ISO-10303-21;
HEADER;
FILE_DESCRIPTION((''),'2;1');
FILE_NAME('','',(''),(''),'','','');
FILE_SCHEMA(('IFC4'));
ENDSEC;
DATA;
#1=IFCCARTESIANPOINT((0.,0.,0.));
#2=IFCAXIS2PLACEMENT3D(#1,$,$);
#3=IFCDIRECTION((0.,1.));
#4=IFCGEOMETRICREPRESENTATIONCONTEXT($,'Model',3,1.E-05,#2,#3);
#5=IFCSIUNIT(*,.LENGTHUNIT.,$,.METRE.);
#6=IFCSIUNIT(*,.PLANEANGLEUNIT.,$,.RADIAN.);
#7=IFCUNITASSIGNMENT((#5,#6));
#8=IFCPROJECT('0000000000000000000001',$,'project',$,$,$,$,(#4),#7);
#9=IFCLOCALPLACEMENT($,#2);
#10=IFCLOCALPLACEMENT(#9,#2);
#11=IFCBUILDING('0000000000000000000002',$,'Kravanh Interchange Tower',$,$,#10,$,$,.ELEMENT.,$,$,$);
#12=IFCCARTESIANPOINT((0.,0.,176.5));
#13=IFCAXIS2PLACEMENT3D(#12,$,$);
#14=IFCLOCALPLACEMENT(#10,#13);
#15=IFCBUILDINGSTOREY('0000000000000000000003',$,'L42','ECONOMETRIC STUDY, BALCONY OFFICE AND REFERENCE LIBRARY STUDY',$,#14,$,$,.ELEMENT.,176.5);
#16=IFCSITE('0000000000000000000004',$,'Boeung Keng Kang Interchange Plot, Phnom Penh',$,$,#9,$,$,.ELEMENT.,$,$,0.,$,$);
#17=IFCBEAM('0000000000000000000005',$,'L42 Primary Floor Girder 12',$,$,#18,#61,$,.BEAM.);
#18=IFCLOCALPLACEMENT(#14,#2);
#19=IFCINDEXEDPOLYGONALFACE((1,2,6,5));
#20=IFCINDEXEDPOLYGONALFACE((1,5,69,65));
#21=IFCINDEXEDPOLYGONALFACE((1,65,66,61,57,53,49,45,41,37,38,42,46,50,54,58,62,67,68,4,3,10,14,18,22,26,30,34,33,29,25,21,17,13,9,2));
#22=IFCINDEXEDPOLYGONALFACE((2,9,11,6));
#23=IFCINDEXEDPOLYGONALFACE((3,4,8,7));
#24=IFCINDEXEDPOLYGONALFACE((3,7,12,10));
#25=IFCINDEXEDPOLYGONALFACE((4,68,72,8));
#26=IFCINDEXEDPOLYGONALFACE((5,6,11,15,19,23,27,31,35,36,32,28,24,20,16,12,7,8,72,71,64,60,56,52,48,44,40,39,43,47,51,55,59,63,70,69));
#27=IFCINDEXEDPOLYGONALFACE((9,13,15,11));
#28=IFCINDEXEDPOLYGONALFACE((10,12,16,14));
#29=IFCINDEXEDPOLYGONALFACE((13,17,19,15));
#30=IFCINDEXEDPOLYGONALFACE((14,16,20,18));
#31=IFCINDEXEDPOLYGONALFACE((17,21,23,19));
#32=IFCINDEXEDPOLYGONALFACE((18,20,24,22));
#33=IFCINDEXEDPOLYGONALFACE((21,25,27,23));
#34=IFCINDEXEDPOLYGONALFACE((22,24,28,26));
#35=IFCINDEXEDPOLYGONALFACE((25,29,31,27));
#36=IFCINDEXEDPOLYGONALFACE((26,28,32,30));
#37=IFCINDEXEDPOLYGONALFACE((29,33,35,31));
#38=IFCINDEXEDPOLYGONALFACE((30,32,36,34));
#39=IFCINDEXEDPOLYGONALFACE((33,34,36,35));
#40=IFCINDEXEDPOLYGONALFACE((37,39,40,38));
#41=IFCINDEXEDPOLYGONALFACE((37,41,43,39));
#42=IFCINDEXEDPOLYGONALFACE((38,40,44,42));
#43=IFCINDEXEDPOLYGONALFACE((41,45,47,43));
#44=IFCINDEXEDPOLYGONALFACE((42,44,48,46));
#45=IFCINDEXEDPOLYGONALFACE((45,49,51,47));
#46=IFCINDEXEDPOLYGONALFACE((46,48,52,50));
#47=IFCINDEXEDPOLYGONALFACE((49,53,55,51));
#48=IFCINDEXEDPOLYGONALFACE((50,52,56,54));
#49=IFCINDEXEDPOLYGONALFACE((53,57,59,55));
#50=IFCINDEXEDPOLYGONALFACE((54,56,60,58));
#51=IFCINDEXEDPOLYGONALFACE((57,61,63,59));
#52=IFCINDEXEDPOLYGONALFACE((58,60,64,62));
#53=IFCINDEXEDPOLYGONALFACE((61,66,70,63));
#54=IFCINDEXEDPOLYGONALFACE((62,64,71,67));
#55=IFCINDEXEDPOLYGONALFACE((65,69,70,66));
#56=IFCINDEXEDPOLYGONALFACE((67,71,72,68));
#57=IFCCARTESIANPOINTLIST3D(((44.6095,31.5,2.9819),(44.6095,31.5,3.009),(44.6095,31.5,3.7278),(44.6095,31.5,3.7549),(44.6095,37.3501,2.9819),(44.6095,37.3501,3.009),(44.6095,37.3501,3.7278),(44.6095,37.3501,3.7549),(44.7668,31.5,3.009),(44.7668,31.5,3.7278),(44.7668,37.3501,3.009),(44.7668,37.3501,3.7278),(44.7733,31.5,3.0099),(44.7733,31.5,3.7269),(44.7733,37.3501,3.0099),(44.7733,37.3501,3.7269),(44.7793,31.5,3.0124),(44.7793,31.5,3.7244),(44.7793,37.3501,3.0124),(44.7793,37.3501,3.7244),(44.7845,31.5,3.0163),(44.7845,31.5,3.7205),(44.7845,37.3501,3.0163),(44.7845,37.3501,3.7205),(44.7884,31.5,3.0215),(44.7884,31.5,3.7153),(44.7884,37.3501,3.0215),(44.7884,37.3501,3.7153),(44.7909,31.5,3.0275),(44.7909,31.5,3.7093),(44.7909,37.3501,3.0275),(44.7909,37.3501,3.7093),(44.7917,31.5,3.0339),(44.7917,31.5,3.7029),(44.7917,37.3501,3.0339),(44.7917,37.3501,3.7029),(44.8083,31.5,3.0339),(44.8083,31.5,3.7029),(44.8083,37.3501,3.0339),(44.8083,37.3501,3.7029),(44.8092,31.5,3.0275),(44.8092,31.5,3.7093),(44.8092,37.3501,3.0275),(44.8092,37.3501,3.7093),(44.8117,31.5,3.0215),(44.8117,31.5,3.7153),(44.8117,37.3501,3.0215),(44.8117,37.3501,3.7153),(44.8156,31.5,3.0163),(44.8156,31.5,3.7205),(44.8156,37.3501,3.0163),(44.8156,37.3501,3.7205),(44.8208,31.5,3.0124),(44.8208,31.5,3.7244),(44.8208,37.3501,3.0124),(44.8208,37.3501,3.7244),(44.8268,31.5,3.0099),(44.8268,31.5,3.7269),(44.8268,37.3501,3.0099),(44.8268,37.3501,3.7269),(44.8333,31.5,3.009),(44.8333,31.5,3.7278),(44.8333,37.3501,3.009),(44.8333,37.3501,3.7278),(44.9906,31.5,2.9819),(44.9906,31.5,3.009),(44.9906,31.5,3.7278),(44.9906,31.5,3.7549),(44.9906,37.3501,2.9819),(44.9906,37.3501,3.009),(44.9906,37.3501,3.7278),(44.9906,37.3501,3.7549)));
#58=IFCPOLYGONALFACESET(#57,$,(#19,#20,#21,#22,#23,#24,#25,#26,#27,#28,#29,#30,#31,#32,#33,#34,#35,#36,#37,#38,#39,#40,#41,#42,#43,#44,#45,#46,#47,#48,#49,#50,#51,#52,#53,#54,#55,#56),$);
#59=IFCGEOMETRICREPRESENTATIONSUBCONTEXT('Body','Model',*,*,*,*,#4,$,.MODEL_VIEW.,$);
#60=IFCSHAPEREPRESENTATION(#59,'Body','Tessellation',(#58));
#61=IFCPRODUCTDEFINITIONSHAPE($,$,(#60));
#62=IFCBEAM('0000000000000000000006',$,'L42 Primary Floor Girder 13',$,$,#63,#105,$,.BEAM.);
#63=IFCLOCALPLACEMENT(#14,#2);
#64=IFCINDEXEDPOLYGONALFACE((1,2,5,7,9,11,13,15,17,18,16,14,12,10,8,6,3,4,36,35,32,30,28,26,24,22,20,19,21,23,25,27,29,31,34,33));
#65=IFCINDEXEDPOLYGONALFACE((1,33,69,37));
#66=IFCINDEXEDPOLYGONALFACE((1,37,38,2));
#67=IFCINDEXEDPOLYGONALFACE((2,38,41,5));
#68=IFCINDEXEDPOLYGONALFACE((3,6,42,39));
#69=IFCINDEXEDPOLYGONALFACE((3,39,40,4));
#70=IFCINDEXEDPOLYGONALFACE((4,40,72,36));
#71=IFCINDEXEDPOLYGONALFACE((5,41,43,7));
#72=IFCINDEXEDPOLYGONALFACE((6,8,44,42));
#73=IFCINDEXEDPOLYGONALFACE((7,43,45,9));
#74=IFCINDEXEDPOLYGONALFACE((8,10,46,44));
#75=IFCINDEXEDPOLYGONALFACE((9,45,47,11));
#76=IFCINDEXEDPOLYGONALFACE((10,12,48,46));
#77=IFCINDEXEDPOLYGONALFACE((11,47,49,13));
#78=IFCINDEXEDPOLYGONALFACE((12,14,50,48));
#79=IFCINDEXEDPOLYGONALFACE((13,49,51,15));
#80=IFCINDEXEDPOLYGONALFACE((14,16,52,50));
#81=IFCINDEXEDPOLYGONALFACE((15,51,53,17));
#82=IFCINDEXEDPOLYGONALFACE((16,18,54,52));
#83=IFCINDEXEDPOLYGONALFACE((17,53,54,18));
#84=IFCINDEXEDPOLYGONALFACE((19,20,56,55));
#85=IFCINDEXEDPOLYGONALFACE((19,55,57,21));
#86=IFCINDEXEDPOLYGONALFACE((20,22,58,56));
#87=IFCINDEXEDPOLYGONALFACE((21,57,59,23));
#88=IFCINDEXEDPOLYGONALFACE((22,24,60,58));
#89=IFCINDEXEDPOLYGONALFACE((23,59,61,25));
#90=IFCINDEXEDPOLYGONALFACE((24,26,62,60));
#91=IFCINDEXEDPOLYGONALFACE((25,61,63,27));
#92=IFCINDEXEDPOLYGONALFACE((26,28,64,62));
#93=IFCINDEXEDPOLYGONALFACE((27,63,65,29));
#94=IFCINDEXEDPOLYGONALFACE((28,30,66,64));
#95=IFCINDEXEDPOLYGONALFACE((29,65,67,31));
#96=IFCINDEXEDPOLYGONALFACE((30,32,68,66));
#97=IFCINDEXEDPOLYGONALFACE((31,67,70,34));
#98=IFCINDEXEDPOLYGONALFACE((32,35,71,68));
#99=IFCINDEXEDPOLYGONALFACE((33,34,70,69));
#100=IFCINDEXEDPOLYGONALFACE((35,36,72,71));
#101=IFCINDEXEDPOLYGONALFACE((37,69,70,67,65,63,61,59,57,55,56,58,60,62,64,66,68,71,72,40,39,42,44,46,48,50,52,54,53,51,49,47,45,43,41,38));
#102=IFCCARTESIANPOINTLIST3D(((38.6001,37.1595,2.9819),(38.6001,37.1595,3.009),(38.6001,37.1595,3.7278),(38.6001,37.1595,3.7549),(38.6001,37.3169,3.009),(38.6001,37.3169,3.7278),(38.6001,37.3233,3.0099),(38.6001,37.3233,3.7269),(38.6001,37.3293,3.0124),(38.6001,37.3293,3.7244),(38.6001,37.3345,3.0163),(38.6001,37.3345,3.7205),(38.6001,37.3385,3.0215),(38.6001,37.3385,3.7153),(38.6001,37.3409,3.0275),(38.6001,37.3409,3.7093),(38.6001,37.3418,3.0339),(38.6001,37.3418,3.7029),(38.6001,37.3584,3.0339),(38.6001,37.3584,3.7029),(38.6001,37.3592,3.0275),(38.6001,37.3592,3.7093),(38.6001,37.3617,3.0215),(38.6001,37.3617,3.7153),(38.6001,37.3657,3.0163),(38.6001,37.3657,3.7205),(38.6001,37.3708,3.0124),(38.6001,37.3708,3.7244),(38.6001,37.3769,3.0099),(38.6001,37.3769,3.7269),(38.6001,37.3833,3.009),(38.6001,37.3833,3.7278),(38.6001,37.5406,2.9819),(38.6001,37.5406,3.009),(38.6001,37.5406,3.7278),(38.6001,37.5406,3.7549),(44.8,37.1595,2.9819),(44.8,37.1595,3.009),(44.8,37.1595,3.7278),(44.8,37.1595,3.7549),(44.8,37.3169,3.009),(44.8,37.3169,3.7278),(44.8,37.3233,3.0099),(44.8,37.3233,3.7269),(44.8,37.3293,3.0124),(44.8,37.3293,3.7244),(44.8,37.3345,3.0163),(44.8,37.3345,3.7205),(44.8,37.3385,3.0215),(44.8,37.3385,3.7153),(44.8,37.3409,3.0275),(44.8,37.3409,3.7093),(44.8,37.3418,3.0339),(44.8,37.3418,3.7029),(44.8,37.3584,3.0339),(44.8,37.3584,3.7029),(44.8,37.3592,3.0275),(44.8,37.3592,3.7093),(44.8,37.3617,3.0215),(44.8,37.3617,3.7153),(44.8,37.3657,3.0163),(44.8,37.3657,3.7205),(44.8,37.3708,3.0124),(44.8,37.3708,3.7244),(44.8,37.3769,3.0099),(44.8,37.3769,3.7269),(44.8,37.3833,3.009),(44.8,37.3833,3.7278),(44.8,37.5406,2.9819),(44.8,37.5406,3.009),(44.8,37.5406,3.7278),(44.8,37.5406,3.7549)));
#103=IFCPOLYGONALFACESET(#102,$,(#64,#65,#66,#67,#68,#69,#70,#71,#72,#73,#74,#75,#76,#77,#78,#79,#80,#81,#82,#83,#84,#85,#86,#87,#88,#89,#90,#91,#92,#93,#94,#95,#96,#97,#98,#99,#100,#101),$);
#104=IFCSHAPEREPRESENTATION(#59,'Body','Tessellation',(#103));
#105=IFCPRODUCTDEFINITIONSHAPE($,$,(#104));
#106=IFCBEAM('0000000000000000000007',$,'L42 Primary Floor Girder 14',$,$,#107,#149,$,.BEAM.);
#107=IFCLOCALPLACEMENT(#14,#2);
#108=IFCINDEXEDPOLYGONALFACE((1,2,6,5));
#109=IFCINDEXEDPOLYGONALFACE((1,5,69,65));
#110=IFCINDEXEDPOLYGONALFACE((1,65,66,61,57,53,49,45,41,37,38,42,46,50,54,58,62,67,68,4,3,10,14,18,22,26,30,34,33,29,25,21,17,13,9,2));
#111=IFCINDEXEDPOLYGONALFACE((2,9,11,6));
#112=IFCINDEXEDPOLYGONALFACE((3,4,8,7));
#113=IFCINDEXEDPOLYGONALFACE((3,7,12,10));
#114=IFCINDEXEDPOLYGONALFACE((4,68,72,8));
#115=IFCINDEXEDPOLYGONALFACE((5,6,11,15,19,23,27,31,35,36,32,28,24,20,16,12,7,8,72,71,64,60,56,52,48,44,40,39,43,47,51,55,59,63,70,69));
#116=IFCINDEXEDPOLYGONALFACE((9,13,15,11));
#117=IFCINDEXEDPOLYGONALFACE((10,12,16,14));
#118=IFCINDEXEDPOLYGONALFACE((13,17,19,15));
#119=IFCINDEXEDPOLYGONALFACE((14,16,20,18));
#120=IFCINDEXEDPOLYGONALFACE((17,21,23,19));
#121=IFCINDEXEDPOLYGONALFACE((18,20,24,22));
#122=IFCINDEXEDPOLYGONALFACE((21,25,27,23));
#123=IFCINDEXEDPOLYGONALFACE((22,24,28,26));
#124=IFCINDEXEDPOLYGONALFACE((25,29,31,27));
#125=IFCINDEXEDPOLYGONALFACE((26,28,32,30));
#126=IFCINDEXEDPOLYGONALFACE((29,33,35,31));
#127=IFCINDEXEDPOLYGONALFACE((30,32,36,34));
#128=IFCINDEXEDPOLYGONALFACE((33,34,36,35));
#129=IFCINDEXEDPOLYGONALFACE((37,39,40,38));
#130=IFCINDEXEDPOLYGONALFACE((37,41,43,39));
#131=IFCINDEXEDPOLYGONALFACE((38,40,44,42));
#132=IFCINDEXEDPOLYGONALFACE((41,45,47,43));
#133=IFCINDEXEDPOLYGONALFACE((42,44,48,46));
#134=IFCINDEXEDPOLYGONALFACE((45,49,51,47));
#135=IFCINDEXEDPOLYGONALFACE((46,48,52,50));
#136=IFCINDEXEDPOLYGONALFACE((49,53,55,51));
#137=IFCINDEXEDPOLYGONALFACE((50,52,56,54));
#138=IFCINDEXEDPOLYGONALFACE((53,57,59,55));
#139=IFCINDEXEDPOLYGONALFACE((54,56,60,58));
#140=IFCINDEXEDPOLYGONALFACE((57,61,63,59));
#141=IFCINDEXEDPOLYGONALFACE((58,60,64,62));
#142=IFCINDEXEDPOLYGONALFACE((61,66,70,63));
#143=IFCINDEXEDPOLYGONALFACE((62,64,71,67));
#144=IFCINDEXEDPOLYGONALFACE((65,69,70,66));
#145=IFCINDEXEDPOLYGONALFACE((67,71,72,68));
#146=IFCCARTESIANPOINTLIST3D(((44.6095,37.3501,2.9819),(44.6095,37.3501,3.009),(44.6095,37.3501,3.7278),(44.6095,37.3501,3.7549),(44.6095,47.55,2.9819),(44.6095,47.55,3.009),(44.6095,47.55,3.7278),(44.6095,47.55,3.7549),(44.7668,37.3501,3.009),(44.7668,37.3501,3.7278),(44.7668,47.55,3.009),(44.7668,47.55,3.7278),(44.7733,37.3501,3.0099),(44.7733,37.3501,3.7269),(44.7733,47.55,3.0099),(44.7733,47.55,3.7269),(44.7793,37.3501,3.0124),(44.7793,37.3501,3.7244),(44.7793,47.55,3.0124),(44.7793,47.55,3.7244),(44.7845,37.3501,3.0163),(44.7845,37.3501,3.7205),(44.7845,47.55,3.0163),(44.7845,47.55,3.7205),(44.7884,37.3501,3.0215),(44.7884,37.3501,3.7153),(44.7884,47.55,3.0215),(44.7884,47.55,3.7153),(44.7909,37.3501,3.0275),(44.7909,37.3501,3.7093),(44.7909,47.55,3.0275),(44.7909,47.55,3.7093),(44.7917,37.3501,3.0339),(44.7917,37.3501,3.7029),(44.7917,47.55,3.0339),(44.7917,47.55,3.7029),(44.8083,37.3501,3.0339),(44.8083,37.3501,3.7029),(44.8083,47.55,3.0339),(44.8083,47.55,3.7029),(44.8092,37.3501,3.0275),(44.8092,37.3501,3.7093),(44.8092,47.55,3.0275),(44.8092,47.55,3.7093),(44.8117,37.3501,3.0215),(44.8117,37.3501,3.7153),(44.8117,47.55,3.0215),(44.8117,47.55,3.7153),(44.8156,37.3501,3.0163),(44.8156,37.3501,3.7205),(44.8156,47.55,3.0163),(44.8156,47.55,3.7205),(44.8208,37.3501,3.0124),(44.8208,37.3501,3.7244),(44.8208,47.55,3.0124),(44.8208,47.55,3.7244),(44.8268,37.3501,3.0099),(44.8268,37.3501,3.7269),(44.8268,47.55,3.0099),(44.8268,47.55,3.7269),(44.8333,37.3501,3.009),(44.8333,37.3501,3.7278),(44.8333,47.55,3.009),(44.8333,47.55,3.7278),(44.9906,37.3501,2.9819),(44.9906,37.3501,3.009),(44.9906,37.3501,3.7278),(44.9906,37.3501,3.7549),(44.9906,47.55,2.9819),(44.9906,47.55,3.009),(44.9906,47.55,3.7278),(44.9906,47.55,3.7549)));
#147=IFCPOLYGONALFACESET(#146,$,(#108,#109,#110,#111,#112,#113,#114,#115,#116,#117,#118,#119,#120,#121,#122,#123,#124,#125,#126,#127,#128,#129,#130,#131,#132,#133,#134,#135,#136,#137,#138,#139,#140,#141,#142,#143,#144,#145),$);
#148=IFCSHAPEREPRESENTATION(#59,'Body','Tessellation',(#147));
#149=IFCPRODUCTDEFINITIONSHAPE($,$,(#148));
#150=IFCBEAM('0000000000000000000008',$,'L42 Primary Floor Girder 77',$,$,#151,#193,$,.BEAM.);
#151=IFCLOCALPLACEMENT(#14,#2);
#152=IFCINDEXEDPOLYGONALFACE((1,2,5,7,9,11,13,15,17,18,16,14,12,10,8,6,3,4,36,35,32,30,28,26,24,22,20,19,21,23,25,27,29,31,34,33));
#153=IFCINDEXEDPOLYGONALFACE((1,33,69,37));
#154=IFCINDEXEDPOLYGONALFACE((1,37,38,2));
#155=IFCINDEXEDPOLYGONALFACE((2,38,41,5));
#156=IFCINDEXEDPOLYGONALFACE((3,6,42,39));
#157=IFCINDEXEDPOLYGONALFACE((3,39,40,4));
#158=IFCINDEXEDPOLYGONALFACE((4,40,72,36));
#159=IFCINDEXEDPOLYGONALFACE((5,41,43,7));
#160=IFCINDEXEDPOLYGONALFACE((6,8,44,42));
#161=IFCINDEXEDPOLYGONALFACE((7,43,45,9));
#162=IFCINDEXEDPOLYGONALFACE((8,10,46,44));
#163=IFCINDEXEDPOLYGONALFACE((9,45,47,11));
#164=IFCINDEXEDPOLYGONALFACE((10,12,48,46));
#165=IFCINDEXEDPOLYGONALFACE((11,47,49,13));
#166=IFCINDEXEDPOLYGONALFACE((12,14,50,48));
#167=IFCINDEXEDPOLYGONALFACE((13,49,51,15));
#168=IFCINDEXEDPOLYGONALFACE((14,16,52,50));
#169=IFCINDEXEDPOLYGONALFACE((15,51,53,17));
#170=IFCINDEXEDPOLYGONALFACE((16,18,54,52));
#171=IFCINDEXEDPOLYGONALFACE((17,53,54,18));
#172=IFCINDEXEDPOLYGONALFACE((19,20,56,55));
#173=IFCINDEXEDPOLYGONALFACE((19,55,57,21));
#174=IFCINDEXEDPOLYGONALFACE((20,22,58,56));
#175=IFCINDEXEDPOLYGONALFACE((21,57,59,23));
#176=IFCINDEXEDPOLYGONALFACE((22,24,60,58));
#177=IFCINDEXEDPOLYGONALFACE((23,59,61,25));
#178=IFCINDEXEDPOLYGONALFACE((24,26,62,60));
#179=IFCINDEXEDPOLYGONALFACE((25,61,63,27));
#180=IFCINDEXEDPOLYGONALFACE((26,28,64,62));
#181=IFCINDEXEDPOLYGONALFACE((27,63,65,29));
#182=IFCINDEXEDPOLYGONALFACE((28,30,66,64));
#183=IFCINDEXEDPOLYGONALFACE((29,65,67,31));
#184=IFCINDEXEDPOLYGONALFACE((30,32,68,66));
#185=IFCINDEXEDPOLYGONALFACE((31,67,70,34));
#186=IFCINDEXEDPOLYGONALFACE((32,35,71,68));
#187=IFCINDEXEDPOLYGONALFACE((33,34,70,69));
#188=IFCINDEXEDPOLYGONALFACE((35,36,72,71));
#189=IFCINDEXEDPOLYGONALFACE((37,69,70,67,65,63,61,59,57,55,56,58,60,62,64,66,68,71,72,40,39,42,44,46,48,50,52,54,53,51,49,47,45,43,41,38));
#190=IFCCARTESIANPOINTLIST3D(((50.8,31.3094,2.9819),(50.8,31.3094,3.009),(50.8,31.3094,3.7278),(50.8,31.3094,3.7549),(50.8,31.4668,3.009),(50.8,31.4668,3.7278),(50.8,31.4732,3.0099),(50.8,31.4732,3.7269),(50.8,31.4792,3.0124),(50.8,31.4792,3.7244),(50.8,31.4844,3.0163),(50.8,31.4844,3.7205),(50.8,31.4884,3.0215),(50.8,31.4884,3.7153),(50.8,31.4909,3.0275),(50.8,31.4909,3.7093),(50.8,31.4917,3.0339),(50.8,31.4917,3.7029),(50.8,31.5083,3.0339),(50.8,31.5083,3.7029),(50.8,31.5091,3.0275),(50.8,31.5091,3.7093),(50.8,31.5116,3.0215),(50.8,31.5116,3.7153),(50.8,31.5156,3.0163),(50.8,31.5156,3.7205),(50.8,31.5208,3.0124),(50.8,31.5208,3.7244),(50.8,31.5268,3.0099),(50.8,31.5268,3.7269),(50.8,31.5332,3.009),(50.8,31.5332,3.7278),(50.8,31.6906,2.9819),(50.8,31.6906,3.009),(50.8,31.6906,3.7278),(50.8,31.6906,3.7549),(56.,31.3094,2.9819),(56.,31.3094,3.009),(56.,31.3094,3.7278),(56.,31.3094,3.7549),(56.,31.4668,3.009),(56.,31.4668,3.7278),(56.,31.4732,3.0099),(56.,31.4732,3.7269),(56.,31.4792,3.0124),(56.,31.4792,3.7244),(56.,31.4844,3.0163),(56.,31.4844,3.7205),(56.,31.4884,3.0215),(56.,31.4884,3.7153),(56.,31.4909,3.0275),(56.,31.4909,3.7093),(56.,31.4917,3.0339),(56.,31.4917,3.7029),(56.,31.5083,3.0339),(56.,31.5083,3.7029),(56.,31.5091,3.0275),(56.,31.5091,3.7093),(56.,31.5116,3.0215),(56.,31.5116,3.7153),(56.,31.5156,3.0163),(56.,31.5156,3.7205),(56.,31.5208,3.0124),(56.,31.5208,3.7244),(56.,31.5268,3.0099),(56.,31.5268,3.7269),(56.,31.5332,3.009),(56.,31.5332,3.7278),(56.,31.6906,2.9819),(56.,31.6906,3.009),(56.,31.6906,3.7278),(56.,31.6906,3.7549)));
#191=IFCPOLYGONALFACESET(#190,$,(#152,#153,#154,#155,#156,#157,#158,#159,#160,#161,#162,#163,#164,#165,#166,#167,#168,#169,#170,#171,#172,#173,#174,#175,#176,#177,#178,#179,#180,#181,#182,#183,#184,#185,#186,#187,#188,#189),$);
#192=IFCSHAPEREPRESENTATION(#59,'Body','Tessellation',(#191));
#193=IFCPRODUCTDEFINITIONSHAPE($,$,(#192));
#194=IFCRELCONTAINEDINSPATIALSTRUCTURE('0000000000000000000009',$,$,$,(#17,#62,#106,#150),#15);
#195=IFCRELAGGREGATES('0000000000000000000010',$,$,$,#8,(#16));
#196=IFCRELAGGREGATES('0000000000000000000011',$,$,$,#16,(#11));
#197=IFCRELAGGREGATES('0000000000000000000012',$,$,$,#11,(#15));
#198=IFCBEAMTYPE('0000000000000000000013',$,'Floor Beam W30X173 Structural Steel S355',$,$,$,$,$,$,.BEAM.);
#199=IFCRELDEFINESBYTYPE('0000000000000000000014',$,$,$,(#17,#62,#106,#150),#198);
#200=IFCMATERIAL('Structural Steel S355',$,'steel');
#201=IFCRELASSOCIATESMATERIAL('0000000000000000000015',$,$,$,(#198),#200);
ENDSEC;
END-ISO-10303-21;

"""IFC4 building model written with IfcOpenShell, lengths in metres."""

from ifc_helpers import new_model, si_unit, direction, frame, origin, origin_2d, place, context, subcontext, project, spatial, i_section, extrude, material, material_profile, profile_set, type_object, element, save


model = new_model("IFC4")

# Units and contexts
model_context = context("Model", 3, precision=1e-05, world=origin(), true_north=direction((0.0, 1.0)))
body_context = subcontext(model_context, "Body", "Model", "MODEL_VIEW")
ifc_project = project(units=[si_unit("LENGTHUNIT", "METRE"), si_unit("PLANEANGLEUNIT", "RADIAN")], contexts=[model_context])

# Site, building, storey
site_placement = place(None, origin())
site = spatial("IfcSite", under=ifc_project, at=site_placement, Name="Boeung Keng Kang Interchange Plot, Phnom Penh", CompositionType="ELEMENT", RefElevation=0.0)
building_placement = place(site_placement, origin())
building = spatial("IfcBuilding", under=site, at=building_placement, Name="Kravanh Interchange Tower", CompositionType="ELEMENT")
storey_placement = place(building_placement, frame((0.0, 0.0, 176.5)))
storey = spatial("IfcBuildingStorey", under=building, at=storey_placement, Name="L42", Description="ECONOMETRIC STUDY, BALCONY OFFICE AND REFERENCE LIBRARY STUDY", CompositionType="ELEMENT", Elevation=176.5)

# Beams
ifc_material_1 = material(Name="Structural Steel S355", Category="steel")
ifc_material_profile_1 = material_profile(ifc_material_1, i_section(OverallWidth=0.3811, OverallDepth=0.7729, WebThickness=0.0166, FlangeThickness=0.0271, FilletRadius=0.0249, at=origin_2d()), Name="W30X173")
ifc_profile_set_1 = profile_set([ifc_material_profile_1], Name="Structural Steel S355")
beam_type_1 = type_object("IfcBeamType", Name="Floor Beam W30X173 Structural Steel S355", PredefinedType="BEAM", material=ifc_profile_set_1)
beam_1_placement = place(storey_placement, frame((44.8, 37.3501, 3.3684), z_axis=(0.0, -1.0, 0.0), x_axis=(1.0, 0.0, 0.0)))
element("IfcBeam", 1, at=beam_1_placement, inside=storey, type_object=beam_type_1, Name="L42 Primary Floor Girder 12", PredefinedType="BEAM", context=body_context, shape_type="SweptSolid", body=[
    extrude(i_section(OverallWidth=0.3811, OverallDepth=0.7729, WebThickness=0.0166, FlangeThickness=0.0271, FilletRadius=0.0249, at=origin_2d()), origin(), (0.0, 0.0, 1.0), 5.8501),
])
beam_2_placement = place(storey_placement, frame((44.8, 37.3501, 3.3684), z_axis=(-1.0, 0.0, 0.0), x_axis=(0.0, -1.0, 0.0)))
element("IfcBeam", 2, at=beam_2_placement, inside=storey, type_object=beam_type_1, Name="L42 Primary Floor Girder 13", PredefinedType="BEAM", context=body_context, shape_type="SweptSolid", body=[
    extrude(i_section(OverallWidth=0.3811, OverallDepth=0.7729, WebThickness=0.0166, FlangeThickness=0.0271, FilletRadius=0.0249, at=origin_2d()), origin(), (0.0, 0.0, 1.0), 6.2),
])
beam_3_placement = place(storey_placement, frame((44.8, 37.3501, 3.3684), z_axis=(0.0, 1.0, 0.0), x_axis=(-1.0, 0.0, 0.0)))
element("IfcBeam", 3, at=beam_3_placement, inside=storey, type_object=beam_type_1, Name="L42 Primary Floor Girder 14", PredefinedType="BEAM", context=body_context, shape_type="SweptSolid", body=[
    extrude(i_section(OverallWidth=0.3811, OverallDepth=0.7729, WebThickness=0.0166, FlangeThickness=0.0271, FilletRadius=0.0249, at=origin_2d()), origin(), (0.0, 0.0, 1.0), 10.2),
])
beam_4_placement = place(storey_placement, frame((50.8, 31.5, 3.3684), z_axis=(1.0, 0.0, 0.0), x_axis=(0.0, 1.0, 0.0)))
element("IfcBeam", 4, at=beam_4_placement, inside=storey, type_object=beam_type_1, Name="L42 Primary Floor Girder 77", PredefinedType="BEAM", context=body_context, shape_type="SweptSolid", body=[
    extrude(i_section(OverallWidth=0.3811, OverallDepth=0.7729, WebThickness=0.0166, FlangeThickness=0.0271, FilletRadius=0.0249, at=origin_2d()), origin(), (0.0, 0.0, 1.0), 5.2),
])

save(model, "model.ifc")
